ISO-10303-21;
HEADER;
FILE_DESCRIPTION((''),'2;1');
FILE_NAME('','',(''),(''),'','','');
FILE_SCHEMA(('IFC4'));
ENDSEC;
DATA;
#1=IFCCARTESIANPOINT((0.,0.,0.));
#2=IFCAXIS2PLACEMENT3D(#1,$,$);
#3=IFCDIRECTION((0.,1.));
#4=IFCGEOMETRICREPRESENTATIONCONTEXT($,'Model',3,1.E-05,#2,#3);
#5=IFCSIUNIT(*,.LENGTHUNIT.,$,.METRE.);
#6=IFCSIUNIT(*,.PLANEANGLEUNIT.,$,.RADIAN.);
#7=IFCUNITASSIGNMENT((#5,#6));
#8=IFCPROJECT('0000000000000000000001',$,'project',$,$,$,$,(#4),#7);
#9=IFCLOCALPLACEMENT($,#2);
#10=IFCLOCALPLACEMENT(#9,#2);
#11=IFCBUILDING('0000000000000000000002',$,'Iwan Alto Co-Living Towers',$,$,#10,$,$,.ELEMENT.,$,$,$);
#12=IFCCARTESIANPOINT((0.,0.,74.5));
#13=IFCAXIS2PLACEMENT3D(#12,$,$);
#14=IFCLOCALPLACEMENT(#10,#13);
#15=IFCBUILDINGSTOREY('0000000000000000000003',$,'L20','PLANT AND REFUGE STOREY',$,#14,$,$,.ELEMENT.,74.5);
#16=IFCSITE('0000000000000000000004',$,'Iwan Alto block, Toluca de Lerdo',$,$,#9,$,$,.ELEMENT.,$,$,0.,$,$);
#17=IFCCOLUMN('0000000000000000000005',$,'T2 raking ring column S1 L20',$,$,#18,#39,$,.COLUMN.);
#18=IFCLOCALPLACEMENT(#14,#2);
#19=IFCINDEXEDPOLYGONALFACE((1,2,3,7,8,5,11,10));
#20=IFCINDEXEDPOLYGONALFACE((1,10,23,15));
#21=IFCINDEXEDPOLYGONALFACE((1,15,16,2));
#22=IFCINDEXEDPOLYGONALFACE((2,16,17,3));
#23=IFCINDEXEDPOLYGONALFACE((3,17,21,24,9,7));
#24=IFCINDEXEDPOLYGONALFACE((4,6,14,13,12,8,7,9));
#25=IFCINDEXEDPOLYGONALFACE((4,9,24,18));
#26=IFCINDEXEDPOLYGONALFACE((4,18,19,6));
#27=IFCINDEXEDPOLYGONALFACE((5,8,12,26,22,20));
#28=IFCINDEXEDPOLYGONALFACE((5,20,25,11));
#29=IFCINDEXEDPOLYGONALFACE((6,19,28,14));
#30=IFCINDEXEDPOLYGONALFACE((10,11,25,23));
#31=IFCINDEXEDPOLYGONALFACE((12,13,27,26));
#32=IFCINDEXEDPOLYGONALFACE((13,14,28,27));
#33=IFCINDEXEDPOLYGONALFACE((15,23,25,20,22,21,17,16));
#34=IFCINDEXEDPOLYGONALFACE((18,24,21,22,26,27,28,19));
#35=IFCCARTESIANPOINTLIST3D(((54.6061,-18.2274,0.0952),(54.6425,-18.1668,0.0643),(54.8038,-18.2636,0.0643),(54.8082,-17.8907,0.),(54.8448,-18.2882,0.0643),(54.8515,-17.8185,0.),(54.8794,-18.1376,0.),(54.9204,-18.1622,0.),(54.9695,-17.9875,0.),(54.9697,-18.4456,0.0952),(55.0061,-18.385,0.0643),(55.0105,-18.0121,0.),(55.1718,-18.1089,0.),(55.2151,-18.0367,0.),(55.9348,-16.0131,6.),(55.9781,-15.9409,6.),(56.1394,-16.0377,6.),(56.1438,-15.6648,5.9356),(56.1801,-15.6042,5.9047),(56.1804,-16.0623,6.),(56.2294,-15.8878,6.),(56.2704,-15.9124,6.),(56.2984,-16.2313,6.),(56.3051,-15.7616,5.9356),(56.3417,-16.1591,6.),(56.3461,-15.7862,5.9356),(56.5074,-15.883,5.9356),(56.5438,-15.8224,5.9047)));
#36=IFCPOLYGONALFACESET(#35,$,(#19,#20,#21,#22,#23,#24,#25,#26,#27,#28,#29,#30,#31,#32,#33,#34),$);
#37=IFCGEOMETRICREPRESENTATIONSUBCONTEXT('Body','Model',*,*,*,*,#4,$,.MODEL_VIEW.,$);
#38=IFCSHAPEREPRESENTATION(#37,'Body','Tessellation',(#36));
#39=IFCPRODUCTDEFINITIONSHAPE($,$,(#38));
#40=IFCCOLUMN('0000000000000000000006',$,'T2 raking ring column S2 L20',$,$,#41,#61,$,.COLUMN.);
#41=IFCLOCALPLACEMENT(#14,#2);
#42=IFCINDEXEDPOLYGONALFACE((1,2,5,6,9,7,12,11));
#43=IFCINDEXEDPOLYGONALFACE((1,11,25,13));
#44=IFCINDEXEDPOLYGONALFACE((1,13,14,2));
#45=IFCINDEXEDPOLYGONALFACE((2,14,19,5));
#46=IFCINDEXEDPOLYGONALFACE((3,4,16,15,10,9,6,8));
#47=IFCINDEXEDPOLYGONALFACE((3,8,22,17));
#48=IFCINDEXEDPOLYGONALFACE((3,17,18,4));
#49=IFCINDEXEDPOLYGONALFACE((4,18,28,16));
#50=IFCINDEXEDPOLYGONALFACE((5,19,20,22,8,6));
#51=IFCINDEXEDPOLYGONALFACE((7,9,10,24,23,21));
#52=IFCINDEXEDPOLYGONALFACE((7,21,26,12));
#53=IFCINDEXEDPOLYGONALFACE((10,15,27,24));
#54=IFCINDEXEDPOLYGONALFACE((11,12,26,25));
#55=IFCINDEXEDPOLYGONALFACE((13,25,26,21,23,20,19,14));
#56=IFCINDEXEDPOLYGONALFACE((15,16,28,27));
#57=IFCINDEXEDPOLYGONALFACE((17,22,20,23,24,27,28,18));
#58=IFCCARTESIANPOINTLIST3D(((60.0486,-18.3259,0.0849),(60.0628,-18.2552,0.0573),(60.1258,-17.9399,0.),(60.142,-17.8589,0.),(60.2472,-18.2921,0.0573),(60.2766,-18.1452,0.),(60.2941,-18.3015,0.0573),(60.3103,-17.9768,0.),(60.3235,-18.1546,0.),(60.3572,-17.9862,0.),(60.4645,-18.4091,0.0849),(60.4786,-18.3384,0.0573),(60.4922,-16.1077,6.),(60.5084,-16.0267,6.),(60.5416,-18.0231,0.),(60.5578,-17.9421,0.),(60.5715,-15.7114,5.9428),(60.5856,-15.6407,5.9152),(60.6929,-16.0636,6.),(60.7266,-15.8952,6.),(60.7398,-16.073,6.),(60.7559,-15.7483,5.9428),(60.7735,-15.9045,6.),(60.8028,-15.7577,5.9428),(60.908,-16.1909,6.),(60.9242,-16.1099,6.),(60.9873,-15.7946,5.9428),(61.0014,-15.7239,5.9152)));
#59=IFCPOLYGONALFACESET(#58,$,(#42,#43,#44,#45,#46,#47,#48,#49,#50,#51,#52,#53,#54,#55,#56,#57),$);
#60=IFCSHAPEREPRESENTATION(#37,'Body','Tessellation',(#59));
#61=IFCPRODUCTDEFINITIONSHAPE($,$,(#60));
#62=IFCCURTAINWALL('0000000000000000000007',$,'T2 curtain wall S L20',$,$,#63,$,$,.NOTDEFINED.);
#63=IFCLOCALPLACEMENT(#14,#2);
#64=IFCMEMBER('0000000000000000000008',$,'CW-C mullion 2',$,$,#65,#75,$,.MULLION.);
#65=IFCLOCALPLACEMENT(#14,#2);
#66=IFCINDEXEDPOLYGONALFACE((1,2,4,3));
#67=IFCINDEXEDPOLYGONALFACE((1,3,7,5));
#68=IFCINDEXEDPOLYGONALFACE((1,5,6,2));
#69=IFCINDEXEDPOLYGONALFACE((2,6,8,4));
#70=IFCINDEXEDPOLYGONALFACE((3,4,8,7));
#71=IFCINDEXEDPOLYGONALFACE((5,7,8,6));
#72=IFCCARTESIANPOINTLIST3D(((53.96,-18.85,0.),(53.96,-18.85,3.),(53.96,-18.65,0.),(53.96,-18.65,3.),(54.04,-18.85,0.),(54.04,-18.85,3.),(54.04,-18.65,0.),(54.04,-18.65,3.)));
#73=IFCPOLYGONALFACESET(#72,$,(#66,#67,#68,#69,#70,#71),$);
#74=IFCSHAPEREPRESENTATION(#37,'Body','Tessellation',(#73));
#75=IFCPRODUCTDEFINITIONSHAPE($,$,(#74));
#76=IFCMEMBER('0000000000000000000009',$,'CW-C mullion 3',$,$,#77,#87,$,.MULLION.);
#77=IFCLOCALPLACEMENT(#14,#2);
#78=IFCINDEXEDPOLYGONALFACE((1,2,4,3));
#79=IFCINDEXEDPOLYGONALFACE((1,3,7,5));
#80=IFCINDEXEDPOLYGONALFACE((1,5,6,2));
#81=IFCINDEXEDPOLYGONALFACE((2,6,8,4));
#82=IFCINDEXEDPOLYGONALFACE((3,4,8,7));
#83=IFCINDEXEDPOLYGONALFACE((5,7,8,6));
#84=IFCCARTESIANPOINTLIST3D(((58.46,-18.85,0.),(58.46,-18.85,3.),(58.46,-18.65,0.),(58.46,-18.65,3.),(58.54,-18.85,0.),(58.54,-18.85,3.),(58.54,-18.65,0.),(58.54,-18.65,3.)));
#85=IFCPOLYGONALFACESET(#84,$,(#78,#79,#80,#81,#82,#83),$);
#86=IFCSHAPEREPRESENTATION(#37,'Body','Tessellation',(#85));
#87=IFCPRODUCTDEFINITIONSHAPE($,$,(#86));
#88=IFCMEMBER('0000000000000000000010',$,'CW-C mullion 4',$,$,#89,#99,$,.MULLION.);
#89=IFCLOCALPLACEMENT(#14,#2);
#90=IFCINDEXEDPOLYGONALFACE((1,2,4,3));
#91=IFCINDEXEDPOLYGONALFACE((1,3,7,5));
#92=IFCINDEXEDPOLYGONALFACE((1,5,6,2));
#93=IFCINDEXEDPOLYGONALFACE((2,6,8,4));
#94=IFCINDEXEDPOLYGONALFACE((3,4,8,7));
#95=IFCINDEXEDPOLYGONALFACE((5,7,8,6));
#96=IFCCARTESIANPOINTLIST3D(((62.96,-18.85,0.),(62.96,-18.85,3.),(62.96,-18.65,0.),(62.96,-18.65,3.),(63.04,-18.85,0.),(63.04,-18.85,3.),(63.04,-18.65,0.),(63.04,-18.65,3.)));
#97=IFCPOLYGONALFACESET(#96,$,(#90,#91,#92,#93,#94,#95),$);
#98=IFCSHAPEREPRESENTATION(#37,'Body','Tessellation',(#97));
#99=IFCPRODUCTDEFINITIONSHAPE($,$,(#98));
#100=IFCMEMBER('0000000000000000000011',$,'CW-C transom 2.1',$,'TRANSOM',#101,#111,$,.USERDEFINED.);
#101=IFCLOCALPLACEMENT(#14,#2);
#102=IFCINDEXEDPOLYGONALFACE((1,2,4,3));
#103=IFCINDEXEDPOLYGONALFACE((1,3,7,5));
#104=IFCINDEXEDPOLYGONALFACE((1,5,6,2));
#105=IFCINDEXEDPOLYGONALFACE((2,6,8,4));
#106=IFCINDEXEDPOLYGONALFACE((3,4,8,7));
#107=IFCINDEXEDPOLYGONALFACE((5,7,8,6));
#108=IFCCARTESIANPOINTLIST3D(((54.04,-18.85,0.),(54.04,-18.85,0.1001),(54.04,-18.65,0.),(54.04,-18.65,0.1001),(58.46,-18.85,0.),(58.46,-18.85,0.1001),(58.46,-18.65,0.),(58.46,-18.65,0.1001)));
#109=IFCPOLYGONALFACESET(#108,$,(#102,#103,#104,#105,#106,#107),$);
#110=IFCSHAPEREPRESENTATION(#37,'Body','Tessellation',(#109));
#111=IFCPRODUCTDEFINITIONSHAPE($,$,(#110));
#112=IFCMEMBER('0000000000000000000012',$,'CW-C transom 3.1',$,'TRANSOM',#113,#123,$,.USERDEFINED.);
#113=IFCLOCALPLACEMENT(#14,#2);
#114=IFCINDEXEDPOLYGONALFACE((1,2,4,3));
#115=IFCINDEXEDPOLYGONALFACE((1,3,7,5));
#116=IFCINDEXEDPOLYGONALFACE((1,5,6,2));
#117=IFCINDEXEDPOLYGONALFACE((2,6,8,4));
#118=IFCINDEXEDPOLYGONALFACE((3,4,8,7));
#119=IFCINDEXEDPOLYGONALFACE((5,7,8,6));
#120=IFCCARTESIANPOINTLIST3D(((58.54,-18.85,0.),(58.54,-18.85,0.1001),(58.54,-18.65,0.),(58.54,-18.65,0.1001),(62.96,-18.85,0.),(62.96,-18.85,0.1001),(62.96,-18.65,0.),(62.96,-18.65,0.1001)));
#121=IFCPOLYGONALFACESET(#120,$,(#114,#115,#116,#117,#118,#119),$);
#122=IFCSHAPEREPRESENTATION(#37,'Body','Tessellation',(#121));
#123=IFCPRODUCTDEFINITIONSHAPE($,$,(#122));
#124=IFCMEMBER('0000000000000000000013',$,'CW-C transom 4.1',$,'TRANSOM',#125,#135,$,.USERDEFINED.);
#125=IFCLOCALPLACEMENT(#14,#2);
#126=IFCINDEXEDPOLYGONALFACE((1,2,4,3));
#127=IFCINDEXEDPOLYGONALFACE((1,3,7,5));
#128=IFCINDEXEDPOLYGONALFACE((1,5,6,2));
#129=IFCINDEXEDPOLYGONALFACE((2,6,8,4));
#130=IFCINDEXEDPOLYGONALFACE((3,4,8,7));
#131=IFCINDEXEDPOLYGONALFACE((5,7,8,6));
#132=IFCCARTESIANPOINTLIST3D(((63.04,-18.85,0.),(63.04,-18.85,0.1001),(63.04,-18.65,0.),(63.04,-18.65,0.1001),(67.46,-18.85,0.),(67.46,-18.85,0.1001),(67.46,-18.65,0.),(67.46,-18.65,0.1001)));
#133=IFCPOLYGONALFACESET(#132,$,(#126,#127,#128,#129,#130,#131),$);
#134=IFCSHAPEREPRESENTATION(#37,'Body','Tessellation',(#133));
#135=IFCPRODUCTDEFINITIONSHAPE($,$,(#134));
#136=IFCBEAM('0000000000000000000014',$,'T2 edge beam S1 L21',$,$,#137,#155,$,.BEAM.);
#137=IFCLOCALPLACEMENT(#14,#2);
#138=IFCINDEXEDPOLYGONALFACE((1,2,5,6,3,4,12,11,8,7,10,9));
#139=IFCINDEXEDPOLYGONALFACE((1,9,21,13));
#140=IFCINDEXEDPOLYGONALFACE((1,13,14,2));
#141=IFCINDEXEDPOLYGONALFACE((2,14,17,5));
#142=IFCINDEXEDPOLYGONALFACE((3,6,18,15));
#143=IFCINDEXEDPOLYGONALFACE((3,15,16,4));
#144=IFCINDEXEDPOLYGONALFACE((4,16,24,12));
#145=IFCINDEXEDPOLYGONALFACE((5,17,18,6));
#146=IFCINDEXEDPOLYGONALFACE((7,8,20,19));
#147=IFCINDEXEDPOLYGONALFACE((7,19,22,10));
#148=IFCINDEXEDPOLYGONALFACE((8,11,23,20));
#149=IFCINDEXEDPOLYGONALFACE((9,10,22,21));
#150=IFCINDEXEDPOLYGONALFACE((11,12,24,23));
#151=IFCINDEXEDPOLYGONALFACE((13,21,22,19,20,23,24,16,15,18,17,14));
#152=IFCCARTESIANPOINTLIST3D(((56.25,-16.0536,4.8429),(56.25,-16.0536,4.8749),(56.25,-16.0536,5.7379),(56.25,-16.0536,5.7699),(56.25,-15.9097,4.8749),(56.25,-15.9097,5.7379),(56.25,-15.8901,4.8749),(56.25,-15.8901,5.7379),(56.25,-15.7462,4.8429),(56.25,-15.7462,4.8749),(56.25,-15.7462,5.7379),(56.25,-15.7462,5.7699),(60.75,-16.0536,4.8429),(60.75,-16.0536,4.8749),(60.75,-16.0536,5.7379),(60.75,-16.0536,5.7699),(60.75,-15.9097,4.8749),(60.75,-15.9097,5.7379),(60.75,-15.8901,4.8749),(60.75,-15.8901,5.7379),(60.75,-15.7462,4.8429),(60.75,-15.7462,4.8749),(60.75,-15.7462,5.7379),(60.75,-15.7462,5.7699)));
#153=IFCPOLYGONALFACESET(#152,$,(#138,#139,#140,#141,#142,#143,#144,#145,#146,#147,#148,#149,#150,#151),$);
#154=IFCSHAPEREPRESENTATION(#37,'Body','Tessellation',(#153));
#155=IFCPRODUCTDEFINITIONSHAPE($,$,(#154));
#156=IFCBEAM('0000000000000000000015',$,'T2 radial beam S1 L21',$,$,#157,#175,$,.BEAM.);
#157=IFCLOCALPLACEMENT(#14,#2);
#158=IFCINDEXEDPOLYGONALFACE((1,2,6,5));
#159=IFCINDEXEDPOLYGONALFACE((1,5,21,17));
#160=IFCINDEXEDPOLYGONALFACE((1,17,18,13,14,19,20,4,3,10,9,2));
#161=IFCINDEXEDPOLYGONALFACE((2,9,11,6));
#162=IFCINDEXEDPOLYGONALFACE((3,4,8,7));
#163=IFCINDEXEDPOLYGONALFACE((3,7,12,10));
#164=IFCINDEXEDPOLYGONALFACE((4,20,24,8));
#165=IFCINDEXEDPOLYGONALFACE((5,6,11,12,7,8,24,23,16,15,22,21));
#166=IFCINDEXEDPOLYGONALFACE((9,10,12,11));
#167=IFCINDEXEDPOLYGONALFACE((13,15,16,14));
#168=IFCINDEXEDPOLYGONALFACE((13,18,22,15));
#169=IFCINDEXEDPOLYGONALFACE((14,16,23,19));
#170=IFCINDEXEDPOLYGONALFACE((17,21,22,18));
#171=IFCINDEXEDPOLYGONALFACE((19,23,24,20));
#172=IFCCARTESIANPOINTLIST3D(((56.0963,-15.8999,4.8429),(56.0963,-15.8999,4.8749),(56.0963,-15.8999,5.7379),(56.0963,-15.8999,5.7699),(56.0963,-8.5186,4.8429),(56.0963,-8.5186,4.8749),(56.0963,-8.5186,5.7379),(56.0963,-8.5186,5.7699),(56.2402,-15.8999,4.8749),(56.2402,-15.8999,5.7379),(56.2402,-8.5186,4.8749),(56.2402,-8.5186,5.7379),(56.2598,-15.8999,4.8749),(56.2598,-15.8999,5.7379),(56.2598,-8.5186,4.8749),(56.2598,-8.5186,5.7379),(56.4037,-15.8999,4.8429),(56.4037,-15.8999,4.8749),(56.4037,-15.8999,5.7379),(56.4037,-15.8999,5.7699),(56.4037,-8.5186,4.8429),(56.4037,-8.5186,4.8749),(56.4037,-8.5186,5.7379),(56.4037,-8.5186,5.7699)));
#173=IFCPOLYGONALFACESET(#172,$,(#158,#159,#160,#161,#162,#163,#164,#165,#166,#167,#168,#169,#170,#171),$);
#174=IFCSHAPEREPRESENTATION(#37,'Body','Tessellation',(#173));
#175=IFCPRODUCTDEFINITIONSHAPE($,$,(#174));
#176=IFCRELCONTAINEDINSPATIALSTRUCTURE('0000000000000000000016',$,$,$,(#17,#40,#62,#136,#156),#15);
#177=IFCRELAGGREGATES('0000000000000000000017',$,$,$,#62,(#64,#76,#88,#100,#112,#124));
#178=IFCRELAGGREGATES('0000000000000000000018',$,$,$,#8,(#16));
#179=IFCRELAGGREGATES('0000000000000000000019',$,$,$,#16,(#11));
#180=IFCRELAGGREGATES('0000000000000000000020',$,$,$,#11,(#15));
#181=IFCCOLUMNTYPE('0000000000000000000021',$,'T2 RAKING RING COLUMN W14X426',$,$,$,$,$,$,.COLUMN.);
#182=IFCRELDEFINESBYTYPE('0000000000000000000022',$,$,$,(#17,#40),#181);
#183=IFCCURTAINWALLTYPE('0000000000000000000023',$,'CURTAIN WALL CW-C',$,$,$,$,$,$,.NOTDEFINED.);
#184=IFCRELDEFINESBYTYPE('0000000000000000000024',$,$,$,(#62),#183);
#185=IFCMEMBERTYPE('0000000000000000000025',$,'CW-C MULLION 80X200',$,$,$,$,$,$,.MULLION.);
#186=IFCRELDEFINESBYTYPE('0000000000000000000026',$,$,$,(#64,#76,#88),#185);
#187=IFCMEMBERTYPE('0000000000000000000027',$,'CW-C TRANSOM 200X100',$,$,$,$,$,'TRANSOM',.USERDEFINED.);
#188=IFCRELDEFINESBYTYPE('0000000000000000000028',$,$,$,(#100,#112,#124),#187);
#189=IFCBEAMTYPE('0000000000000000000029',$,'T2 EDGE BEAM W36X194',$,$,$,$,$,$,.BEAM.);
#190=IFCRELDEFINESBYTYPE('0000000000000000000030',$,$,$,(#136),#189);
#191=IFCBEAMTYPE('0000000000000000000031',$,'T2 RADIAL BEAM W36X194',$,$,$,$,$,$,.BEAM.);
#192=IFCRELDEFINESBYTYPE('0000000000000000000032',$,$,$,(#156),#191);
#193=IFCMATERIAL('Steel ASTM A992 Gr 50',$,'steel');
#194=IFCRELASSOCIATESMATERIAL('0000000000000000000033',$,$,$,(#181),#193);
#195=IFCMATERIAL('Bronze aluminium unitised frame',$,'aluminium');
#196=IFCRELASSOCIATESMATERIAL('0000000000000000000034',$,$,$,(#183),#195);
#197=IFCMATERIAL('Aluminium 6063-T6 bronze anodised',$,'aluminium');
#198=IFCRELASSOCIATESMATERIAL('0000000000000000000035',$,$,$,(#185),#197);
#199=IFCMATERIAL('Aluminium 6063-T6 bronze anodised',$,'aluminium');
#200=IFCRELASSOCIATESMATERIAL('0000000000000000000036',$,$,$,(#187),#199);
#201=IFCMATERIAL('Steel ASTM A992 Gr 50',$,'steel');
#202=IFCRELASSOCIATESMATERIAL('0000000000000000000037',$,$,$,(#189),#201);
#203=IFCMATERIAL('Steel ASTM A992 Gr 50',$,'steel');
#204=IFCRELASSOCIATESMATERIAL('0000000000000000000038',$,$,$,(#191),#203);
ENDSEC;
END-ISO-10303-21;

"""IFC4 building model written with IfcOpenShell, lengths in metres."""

from ifc_helpers import new_model, si_unit, direction, frame, origin, origin_2d, place, context, subcontext, project, spatial, rectangle, i_section, extrude, clip, halfspace, material, material_profile, profile_set, type_object, element, aggregate, save


model = new_model("IFC4")

# Units and contexts
model_context = context("Model", 3, precision=1e-05, world=origin(), true_north=direction((0.0, 1.0)))
body_context = subcontext(model_context, "Body", "Model", "MODEL_VIEW")
ifc_project = project(units=[si_unit("LENGTHUNIT", "METRE"), si_unit("PLANEANGLEUNIT", "RADIAN")], contexts=[model_context])

# Site, building, storey
site_placement = place(None, origin())
site = spatial("IfcSite", under=ifc_project, at=site_placement, Name="Iwan Alto block, Toluca de Lerdo", CompositionType="ELEMENT", RefElevation=0.0)
building_placement = place(site_placement, origin())
building = spatial("IfcBuilding", under=site, at=building_placement, Name="Iwan Alto Co-Living Towers", CompositionType="ELEMENT")
storey_placement = place(building_placement, frame((0.0, 0.0, 74.5)))
storey = spatial("IfcBuildingStorey", under=building, at=storey_placement, Name="L20", Description="PLANT AND REFUGE STOREY", CompositionType="ELEMENT", Elevation=74.5)

# Columns
ifc_material_1 = material(Name="Steel ASTM A992 Gr 50", Category="steel")
ifc_material_profile_1 = material_profile(ifc_material_1, i_section(OverallWidth=0.4241, OverallDepth=0.4751, WebThickness=0.0479, FlangeThickness=0.0771, at=origin_2d()), Name="W14X426")
ifc_profile_set_1 = profile_set([ifc_material_profile_1], Name="Steel ASTM A992 Gr 50")
column_type = type_object("IfcColumnType", Name="T2 RAKING RING COLUMN W14X426", PredefinedType="COLUMN", material=ifc_profile_set_1)
column_1_placement = place(storey_placement, frame((54.8999, -18.1499, 0.0), z_axis=(0.206163, 0.34358, 0.916215), x_axis=(-0.857477, 0.514523, 0.0)))
element("IfcColumn", 1, at=column_1_placement, inside=storey, type_object=column_type, Name="T2 raking ring column S1 L20", PredefinedType="COLUMN", context=body_context, shape_type="Clipping", body=[
    clip(clip(extrude(i_section(OverallWidth=0.4241, OverallDepth=0.4751, WebThickness=0.0479, FlangeThickness=0.0771, at=origin_2d()), origin(), (0.0, 0.0, 1.0), 6.5486), halfspace(frame((0.0, 0.0, 0.0), z_axis=(0.0, -0.400688, -0.916215), x_axis=(-0.857477, -0.471414, 0.206163)), False)), halfspace(frame((0.0, 2.4041, 5.4973), z_axis=(0.0, 0.400688, 0.916215), x_axis=(-0.857477, -0.471414, 0.206163)), False)),
])
column_2_placement = place(storey_placement, frame((60.3, -18.1499, 0.0), z_axis=(0.070045, 0.350261, 0.934029), x_axis=(-0.980585, 0.196096, 0.0)))
element("IfcColumn", 2, at=column_2_placement, inside=storey, type_object=column_type, Name="T2 raking ring column S2 L20", PredefinedType="COLUMN", context=body_context, shape_type="Clipping", body=[
    clip(clip(extrude(i_section(OverallWidth=0.4241, OverallDepth=0.4751, WebThickness=0.0479, FlangeThickness=0.0771, at=origin_2d()), origin(), (0.0, 0.0, 1.0), 6.4238), halfspace(frame((0.0, 0.0, 0.0), z_axis=(0.0, -0.357196, -0.934029), x_axis=(-0.980585, -0.183159, 0.070045)), False)), halfspace(frame((0.0, 2.1431, 5.6042), z_axis=(0.0, 0.357196, 0.934029), x_axis=(-0.980585, -0.183159, 0.070045)), False)),
])

# Curtain wall, members
ifc_material_2 = material(Name="Bronze aluminium unitised frame", Category="aluminium")
curtain_wall_type = type_object("IfcCurtainWallType", Name="CURTAIN WALL CW-C", PredefinedType="NOTDEFINED", material=ifc_material_2)
curtain_wall_placement = place(storey_placement, origin())
curtain_wall = element("IfcCurtainWall", 3, at=curtain_wall_placement, inside=storey, type_object=curtain_wall_type, Name="T2 curtain wall S L20", PredefinedType="NOTDEFINED")
ifc_material_3 = material(Name="Aluminium 6063-T6 bronze anodised", Category="aluminium")
ifc_material_profile_2 = material_profile(ifc_material_3, rectangle(XDim=0.2, YDim=0.0801, at=origin_2d()), Name="AL 80X200")
ifc_profile_set_2 = profile_set([ifc_material_profile_2], Name="Aluminium 6063-T6 bronze anodised")
member_type_1 = type_object("IfcMemberType", Name="CW-C MULLION 80X200", PredefinedType="MULLION", material=ifc_profile_set_2)
member_1_placement = place(storey_placement, frame((54.0, -18.75, 0.0), z_axis=(0.0, 0.0, 1.0), x_axis=(0.0, 1.0, 0.0)))
member_1 = element("IfcMember", 4, at=member_1_placement, type_object=member_type_1, Name="CW-C mullion 2", PredefinedType="MULLION", context=body_context, shape_type="SweptSolid", body=[
    extrude(rectangle(XDim=0.2, YDim=0.0801, at=origin_2d()), origin(), (0.0, 0.0, 1.0), 3.0),
])
member_2_placement = place(storey_placement, frame((58.5, -18.75, 0.0), z_axis=(0.0, 0.0, 1.0), x_axis=(0.0, 1.0, 0.0)))
member_2 = element("IfcMember", 5, at=member_2_placement, type_object=member_type_1, Name="CW-C mullion 3", PredefinedType="MULLION", context=body_context, shape_type="SweptSolid", body=[
    extrude(rectangle(XDim=0.2, YDim=0.0801, at=origin_2d()), origin(), (0.0, 0.0, 1.0), 3.0),
])
member_3_placement = place(storey_placement, frame((63.0, -18.75, 0.0), z_axis=(0.0, 0.0, 1.0), x_axis=(0.0, 1.0, 0.0)))
member_3 = element("IfcMember", 6, at=member_3_placement, type_object=member_type_1, Name="CW-C mullion 4", PredefinedType="MULLION", context=body_context, shape_type="SweptSolid", body=[
    extrude(rectangle(XDim=0.2, YDim=0.0801, at=origin_2d()), origin(), (0.0, 0.0, 1.0), 3.0),
])
ifc_material_4 = material(Name="Aluminium 6063-T6 bronze anodised", Category="aluminium")
ifc_material_profile_3 = material_profile(ifc_material_4, rectangle(XDim=0.2, YDim=0.1001, at=origin_2d()), Name="AL 200X100")
ifc_profile_set_3 = profile_set([ifc_material_profile_3], Name="Aluminium 6063-T6 bronze anodised")
member_type_2 = type_object("IfcMemberType", Name="CW-C TRANSOM 200X100", ElementType="TRANSOM", PredefinedType="USERDEFINED", material=ifc_profile_set_3)
member_4_placement = place(storey_placement, frame((54.04, -18.75, 0.05), z_axis=(1.0, 0.0, 0.0), x_axis=(0.0, 1.0, 0.0)))
member_4 = element("IfcMember", 7, at=member_4_placement, type_object=member_type_2, Name="CW-C transom 2.1", ObjectType="TRANSOM", PredefinedType="USERDEFINED", context=body_context, shape_type="SweptSolid", body=[
    extrude(rectangle(XDim=0.2, YDim=0.1001, at=origin_2d()), origin(), (0.0, 0.0, 1.0), 4.4199),
])
member_5_placement = place(storey_placement, frame((58.54, -18.75, 0.05), z_axis=(1.0, 0.0, 0.0), x_axis=(0.0, 1.0, 0.0)))
member_5 = element("IfcMember", 8, at=member_5_placement, type_object=member_type_2, Name="CW-C transom 3.1", ObjectType="TRANSOM", PredefinedType="USERDEFINED", context=body_context, shape_type="SweptSolid", body=[
    extrude(rectangle(XDim=0.2, YDim=0.1001, at=origin_2d()), origin(), (0.0, 0.0, 1.0), 4.4199),
])
member_6_placement = place(storey_placement, frame((63.04, -18.75, 0.05), z_axis=(1.0, 0.0, 0.0), x_axis=(0.0, 1.0, 0.0)))
member_6 = element("IfcMember", 9, at=member_6_placement, type_object=member_type_2, Name="CW-C transom 4.1", ObjectType="TRANSOM", PredefinedType="USERDEFINED", context=body_context, shape_type="SweptSolid", body=[
    extrude(rectangle(XDim=0.2, YDim=0.1001, at=origin_2d()), origin(), (0.0, 0.0, 1.0), 4.4199),
])

# Beams
ifc_material_5 = material(Name="Steel ASTM A992 Gr 50", Category="steel")
ifc_material_profile_4 = material_profile(ifc_material_5, i_section(OverallWidth=0.3074, OverallDepth=0.927, WebThickness=0.0195, FlangeThickness=0.032, at=origin_2d()), Name="W36X194")
ifc_profile_set_4 = profile_set([ifc_material_profile_4], Name="Steel ASTM A992 Gr 50")
beam_type_1 = type_object("IfcBeamType", Name="T2 EDGE BEAM W36X194", PredefinedType="BEAM", material=ifc_profile_set_4)
beam_1_placement = place(storey_placement, frame((56.25, -15.8999, 5.3064), z_axis=(1.0, 0.0, 0.0), x_axis=(0.0, 1.0, 0.0)))
element("IfcBeam", 10, at=beam_1_placement, inside=storey, type_object=beam_type_1, Name="T2 edge beam S1 L21", PredefinedType="BEAM", context=body_context, shape_type="SweptSolid", body=[
    extrude(i_section(OverallWidth=0.3074, OverallDepth=0.927, WebThickness=0.0195, FlangeThickness=0.032, at=origin_2d()), origin(), (0.0, 0.0, 1.0), 4.5),
])
ifc_material_6 = material(Name="Steel ASTM A992 Gr 50", Category="steel")
ifc_material_profile_5 = material_profile(ifc_material_6, i_section(OverallWidth=0.3074, OverallDepth=0.927, WebThickness=0.0195, FlangeThickness=0.032, at=origin_2d()), Name="W36X194")
ifc_profile_set_5 = profile_set([ifc_material_profile_5], Name="Steel ASTM A992 Gr 50")
beam_type_2 = type_object("IfcBeamType", Name="T2 RADIAL BEAM W36X194", PredefinedType="BEAM", material=ifc_profile_set_5)
beam_2_placement = place(storey_placement, frame((56.25, -15.8999, 5.3064), z_axis=(0.0, 1.0, 0.0), x_axis=(-1.0, 0.0, 0.0)))
element("IfcBeam", 11, at=beam_2_placement, inside=storey, type_object=beam_type_2, Name="T2 radial beam S1 L21", PredefinedType="BEAM", context=body_context, shape_type="SweptSolid", body=[
    extrude(i_section(OverallWidth=0.3074, OverallDepth=0.927, WebThickness=0.0195, FlangeThickness=0.032, at=origin_2d()), origin(), (0.0, 0.0, 1.0), 7.3813),
])

aggregate(curtain_wall, [member_1, member_2, member_3, member_4, member_5, member_6])

save(model, "model.ifc")
